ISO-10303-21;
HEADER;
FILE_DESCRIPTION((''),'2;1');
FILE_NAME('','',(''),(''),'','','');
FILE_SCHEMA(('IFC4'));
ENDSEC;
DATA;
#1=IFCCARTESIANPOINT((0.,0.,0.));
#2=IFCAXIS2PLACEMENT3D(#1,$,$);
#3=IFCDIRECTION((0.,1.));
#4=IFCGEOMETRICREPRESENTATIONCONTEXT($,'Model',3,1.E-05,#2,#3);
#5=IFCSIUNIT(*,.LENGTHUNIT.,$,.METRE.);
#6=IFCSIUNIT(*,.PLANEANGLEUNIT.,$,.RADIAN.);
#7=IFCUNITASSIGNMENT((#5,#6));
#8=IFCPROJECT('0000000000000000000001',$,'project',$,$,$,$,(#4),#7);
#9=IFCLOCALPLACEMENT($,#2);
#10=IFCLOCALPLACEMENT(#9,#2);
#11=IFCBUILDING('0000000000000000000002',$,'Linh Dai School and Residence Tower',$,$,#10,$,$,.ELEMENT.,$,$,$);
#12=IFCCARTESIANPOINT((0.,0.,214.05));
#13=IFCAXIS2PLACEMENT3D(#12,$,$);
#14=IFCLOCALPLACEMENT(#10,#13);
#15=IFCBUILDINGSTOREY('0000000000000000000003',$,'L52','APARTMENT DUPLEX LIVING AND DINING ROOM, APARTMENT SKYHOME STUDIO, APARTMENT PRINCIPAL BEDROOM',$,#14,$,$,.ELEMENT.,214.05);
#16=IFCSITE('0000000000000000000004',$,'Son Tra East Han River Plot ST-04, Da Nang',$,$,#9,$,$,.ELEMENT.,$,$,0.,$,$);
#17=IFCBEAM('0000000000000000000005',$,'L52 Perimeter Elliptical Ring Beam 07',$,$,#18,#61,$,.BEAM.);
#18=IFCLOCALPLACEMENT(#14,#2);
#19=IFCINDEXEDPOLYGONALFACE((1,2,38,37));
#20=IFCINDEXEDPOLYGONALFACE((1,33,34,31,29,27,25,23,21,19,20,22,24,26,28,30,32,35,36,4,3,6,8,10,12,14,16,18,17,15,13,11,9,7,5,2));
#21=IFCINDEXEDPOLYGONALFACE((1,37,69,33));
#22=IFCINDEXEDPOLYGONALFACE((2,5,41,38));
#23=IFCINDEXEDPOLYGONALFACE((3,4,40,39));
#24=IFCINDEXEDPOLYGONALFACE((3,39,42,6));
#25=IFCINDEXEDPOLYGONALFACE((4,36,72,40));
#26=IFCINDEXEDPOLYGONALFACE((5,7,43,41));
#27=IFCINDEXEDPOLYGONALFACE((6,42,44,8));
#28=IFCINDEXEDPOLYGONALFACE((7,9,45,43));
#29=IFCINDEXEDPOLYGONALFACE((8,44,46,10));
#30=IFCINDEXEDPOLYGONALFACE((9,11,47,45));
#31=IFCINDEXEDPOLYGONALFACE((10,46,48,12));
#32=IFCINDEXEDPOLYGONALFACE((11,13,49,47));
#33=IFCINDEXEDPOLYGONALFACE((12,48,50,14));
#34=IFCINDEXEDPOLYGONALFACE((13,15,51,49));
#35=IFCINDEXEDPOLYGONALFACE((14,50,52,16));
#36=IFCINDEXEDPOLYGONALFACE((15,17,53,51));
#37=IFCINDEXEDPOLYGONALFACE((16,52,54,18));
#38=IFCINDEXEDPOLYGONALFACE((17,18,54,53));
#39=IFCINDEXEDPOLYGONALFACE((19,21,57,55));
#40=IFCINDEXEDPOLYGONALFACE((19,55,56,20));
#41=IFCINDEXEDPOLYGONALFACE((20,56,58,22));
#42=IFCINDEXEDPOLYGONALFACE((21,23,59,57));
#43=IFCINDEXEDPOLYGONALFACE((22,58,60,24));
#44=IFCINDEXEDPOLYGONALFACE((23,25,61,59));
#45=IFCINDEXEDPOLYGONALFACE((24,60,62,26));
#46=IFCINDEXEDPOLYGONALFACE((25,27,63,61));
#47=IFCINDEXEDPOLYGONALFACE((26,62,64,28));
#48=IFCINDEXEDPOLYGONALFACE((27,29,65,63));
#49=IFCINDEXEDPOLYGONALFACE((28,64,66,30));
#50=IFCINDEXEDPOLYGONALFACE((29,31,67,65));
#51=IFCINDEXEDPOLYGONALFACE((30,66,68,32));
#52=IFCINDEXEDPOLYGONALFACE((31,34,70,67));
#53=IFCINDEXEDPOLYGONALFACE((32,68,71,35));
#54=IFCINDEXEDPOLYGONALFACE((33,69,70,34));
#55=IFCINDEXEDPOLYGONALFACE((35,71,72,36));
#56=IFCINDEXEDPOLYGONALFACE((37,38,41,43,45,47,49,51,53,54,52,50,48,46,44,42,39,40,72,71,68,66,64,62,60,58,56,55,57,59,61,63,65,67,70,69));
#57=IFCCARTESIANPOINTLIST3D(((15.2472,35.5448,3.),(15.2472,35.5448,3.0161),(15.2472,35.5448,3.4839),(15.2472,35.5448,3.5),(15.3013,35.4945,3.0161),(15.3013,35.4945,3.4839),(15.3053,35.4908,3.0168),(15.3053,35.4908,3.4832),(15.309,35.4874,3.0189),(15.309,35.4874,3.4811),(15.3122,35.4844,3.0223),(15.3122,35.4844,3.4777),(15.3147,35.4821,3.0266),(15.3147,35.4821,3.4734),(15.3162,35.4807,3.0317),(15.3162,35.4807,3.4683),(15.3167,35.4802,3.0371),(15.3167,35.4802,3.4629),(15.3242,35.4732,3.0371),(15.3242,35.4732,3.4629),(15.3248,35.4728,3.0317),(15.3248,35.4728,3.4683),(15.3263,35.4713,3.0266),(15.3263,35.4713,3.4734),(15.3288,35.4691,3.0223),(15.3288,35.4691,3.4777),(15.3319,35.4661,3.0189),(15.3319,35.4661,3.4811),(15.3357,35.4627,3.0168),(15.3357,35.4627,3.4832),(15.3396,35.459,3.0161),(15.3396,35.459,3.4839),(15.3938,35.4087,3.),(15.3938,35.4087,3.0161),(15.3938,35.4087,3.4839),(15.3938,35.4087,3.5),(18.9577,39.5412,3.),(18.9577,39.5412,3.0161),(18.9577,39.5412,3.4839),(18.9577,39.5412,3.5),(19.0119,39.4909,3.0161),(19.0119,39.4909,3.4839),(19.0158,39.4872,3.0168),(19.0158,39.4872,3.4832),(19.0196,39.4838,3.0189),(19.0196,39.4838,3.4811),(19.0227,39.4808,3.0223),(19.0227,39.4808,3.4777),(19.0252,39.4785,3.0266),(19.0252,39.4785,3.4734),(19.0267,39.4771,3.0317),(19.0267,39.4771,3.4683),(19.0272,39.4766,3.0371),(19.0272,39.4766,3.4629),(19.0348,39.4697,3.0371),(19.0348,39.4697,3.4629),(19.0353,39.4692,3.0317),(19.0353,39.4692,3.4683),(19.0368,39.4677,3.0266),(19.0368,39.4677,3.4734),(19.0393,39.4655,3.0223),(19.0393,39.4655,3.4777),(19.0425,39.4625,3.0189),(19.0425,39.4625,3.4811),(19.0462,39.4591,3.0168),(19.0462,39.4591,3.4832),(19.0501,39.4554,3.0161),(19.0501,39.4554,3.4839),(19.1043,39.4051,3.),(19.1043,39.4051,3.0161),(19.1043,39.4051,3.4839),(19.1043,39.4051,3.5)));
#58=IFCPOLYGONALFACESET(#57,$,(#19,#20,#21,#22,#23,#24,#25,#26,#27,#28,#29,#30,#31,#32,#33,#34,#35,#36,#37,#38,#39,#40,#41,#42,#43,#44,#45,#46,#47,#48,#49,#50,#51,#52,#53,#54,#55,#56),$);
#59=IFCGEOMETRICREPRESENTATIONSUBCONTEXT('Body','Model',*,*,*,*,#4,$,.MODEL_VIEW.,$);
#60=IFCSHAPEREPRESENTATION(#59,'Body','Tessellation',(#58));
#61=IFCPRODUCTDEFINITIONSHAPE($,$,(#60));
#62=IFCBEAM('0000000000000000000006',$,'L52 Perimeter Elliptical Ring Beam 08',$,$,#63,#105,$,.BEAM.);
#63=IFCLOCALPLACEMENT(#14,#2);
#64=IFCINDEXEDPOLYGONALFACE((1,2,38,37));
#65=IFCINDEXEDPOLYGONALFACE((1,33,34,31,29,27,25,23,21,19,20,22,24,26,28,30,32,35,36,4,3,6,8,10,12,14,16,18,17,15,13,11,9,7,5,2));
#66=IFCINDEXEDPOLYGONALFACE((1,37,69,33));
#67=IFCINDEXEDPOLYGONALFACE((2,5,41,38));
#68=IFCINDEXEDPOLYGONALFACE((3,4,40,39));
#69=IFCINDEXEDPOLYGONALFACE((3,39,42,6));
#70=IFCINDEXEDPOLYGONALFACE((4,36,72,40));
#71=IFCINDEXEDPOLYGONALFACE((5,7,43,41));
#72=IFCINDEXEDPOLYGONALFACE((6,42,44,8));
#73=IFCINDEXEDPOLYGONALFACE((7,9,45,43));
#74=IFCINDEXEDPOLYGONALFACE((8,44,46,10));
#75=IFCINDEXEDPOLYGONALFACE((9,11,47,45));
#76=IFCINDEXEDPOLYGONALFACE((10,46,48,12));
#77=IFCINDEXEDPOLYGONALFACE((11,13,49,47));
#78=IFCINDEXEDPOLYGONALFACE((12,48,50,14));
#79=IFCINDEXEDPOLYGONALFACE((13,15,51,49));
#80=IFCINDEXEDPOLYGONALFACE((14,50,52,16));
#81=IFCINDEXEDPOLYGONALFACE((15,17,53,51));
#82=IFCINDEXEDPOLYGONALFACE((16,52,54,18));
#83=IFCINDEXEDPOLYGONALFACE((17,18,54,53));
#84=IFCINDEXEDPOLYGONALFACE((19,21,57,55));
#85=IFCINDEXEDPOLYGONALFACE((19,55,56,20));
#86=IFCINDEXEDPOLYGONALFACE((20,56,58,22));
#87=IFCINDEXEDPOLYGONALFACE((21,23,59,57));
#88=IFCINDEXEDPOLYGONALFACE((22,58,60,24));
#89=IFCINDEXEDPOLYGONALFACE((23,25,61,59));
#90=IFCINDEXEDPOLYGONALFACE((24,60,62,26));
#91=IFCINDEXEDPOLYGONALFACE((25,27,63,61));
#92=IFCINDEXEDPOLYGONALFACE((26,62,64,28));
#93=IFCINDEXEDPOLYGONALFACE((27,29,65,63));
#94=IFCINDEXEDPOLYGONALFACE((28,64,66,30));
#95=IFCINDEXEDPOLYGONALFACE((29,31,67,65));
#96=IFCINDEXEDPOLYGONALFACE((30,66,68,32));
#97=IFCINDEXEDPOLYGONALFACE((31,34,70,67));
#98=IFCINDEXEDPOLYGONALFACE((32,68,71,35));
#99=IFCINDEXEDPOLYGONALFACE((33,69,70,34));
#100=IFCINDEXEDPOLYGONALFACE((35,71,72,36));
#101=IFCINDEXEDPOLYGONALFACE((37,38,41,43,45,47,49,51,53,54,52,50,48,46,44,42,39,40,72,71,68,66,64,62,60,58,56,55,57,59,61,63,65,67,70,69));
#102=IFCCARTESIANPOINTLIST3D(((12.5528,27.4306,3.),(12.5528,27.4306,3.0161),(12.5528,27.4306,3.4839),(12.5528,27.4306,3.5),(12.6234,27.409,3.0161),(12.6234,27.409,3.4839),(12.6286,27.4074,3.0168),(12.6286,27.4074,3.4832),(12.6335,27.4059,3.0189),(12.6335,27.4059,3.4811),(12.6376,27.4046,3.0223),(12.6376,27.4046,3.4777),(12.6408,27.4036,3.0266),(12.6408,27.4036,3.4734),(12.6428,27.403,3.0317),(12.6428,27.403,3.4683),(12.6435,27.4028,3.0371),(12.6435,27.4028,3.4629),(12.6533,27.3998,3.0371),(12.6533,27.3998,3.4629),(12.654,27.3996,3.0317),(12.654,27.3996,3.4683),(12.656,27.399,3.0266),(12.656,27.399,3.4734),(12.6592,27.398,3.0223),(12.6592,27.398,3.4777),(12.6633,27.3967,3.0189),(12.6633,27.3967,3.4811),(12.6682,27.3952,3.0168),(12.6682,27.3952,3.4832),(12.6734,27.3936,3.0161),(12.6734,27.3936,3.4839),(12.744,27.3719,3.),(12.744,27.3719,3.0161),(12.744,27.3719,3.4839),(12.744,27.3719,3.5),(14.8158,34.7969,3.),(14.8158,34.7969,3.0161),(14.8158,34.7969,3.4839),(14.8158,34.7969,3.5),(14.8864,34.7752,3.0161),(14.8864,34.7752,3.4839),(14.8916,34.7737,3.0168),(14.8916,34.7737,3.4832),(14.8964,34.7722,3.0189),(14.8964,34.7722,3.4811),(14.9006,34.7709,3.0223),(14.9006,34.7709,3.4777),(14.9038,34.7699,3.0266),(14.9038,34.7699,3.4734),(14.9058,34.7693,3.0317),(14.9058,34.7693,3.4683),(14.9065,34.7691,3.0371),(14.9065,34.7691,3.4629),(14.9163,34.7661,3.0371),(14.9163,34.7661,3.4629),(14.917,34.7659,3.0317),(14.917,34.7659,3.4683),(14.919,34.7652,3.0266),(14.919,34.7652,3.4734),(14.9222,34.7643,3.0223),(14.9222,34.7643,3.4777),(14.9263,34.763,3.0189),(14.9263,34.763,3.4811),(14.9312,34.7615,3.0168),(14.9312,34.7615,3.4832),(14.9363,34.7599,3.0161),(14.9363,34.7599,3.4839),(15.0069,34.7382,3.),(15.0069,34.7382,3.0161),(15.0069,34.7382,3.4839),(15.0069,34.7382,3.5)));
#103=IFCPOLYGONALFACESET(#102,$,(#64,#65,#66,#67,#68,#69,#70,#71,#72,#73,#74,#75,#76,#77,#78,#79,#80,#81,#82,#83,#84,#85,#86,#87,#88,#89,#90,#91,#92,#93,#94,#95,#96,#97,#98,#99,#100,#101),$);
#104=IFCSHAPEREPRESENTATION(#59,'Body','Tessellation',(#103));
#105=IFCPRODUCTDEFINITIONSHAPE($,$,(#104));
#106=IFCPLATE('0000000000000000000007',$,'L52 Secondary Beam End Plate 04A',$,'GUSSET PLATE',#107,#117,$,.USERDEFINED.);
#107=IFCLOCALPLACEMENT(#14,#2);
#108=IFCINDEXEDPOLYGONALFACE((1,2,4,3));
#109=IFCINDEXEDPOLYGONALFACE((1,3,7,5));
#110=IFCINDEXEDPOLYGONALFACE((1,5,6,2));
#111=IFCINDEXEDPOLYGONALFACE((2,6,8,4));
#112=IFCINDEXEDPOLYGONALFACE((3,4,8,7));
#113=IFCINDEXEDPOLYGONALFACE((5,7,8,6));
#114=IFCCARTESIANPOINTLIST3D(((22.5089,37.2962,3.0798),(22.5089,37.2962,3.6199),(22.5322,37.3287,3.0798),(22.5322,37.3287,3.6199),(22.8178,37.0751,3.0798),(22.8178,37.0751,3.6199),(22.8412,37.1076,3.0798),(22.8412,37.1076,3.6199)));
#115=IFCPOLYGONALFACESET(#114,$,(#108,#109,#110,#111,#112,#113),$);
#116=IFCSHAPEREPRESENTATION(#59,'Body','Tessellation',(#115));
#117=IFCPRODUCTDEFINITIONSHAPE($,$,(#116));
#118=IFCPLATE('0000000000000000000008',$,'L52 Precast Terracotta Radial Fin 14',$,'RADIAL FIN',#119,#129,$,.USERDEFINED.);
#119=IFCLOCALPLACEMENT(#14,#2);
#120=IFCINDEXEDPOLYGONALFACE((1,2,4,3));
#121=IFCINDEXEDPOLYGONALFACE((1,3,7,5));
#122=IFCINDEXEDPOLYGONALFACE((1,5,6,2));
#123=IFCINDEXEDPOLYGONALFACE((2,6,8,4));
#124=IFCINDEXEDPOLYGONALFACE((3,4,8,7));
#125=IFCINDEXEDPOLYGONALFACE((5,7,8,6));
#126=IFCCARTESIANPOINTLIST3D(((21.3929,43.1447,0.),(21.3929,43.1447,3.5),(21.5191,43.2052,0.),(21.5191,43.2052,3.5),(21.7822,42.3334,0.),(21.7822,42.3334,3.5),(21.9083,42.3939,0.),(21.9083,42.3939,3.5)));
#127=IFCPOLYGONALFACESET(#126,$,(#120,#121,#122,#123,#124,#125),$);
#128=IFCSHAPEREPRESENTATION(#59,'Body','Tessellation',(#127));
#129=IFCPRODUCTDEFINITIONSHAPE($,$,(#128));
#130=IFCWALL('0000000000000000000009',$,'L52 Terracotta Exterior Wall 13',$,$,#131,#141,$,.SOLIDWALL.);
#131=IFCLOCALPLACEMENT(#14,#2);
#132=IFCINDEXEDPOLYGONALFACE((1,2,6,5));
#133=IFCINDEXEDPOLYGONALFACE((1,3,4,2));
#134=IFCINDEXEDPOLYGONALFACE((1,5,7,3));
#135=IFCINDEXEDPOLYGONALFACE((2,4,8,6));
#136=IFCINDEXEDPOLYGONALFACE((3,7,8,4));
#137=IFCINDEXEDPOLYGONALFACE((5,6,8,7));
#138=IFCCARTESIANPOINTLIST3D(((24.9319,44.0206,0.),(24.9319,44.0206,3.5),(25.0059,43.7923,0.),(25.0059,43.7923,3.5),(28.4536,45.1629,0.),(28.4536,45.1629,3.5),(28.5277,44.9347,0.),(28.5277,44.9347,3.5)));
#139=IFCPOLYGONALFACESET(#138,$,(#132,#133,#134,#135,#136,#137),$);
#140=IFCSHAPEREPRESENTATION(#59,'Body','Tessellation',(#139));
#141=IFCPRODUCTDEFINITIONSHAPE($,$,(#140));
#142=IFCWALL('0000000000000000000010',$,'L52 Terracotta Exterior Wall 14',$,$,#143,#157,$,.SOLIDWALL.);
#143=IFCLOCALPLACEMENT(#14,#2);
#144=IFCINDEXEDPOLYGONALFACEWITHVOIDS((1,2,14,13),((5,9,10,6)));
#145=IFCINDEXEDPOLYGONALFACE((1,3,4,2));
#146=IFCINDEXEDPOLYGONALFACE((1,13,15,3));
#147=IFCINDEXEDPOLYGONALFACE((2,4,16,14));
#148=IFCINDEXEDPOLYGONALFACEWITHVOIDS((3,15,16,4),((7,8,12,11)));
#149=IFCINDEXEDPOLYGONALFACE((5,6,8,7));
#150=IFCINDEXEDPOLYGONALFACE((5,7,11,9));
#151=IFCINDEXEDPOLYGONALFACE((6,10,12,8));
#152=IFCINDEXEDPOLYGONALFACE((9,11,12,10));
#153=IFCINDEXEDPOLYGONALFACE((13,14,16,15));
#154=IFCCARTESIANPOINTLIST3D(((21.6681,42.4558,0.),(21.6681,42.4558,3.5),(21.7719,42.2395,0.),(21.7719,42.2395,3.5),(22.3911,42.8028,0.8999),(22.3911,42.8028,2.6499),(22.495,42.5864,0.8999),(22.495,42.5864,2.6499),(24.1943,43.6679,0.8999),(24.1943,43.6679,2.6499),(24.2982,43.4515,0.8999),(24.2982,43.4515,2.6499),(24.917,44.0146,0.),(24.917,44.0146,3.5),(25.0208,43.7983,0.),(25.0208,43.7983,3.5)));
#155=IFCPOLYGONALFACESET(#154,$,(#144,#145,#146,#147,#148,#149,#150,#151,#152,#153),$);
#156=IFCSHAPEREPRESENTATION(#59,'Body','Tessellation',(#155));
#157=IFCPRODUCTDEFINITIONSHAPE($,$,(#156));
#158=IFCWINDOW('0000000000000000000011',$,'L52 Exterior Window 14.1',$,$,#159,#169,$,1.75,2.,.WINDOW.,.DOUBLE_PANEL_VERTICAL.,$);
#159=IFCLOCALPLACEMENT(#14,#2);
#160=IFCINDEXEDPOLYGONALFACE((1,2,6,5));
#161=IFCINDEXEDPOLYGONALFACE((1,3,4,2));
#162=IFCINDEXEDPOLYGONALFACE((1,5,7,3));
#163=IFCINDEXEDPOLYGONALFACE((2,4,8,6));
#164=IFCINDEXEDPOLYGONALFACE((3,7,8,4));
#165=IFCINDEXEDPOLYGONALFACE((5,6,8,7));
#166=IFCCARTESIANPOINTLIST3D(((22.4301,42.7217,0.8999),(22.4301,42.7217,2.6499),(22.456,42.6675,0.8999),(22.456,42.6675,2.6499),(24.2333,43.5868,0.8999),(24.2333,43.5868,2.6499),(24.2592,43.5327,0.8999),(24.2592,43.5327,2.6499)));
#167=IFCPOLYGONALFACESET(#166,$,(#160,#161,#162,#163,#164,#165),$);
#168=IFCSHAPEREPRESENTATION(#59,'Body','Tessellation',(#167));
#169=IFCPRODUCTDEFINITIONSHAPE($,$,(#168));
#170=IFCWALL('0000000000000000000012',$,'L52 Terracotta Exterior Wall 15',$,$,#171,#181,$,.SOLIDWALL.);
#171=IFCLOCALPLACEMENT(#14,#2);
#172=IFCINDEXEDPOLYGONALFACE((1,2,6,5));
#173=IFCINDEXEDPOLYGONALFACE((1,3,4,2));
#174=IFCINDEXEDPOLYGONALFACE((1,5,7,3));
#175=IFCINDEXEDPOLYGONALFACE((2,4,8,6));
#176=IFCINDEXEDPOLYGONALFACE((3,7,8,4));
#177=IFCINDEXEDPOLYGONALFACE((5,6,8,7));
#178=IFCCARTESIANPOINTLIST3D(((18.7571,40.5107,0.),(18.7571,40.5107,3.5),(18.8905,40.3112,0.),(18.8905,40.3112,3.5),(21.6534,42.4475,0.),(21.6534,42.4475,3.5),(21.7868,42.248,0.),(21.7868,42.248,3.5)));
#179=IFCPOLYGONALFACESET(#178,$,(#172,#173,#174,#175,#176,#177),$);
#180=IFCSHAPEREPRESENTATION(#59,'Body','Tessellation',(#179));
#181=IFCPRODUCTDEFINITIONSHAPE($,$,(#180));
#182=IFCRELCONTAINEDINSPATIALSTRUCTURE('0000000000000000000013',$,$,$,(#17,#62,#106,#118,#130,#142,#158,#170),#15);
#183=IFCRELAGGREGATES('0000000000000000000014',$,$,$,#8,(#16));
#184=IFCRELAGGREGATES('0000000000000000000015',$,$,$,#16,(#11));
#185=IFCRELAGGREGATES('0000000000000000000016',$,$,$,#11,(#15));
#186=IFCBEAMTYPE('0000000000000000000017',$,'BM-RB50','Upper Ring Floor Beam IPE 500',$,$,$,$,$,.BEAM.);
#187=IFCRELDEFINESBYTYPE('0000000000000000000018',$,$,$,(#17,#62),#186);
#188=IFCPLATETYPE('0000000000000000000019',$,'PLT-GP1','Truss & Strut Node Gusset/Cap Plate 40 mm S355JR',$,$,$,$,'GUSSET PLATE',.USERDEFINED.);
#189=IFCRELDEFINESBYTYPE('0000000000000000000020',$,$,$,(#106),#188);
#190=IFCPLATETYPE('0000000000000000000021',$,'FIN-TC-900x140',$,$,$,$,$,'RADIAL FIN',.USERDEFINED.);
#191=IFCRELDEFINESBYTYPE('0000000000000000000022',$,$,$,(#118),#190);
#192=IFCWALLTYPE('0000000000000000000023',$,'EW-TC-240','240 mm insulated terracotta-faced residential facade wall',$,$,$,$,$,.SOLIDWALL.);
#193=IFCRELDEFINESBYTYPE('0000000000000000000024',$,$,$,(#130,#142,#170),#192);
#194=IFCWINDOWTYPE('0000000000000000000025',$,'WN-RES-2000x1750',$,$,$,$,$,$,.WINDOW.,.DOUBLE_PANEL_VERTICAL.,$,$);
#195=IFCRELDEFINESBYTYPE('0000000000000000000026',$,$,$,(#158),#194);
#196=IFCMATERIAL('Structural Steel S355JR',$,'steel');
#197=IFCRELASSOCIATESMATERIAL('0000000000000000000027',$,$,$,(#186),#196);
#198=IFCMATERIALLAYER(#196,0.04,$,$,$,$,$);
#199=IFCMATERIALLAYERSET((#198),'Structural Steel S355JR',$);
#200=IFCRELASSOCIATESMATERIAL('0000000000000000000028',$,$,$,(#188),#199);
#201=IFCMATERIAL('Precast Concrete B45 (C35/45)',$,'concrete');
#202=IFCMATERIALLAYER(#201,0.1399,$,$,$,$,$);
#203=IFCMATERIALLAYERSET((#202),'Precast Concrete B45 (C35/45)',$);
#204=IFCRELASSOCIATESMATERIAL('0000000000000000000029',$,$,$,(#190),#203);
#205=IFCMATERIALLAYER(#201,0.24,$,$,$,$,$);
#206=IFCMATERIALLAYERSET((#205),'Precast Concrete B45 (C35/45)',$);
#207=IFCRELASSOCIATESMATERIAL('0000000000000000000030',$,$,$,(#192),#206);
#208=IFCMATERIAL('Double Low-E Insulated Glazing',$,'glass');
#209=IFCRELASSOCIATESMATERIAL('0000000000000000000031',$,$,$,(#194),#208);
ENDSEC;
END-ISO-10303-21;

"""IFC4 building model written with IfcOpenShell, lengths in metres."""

from ifc_helpers import new_model, si_unit, direction, frame, frame_2d, origin, origin_2d, place, context, subcontext, project, spatial, rectangle, i_section, extrude, source, transform, mapped, material, layer, layer_set, material_profile, profile_set, type_object, element, fill, save


model = new_model("IFC4")

# Units and contexts
model_context = context("Model", 3, precision=1e-05, world=origin(), true_north=direction((0.0, 1.0)))
body_context = subcontext(model_context, "Body", "Model", "MODEL_VIEW")
ifc_project = project(units=[si_unit("LENGTHUNIT", "METRE"), si_unit("PLANEANGLEUNIT", "RADIAN")], contexts=[model_context])

# Site, building, storey
site_placement = place(None, origin())
site = spatial("IfcSite", under=ifc_project, at=site_placement, Name="Son Tra East Han River Plot ST-04, Da Nang", CompositionType="ELEMENT", RefElevation=0.0)
building_placement = place(site_placement, origin())
building = spatial("IfcBuilding", under=site, at=building_placement, Name="Linh Dai School and Residence Tower", CompositionType="ELEMENT")
storey_placement = place(building_placement, frame((0.0, 0.0, 214.05)))
storey = spatial("IfcBuildingStorey", under=building, at=storey_placement, Name="L52", Description="APARTMENT DUPLEX LIVING AND DINING ROOM, APARTMENT SKYHOME STUDIO, APARTMENT PRINCIPAL BEDROOM", CompositionType="ELEMENT", Elevation=214.05)

# Shared definitions
ifc_material_1 = material(Name="Structural Steel S355JR", Category="steel")

# Beams
ifc_material_profile_1 = material_profile(ifc_material_1, i_section(OverallWidth=0.2, OverallDepth=0.5, WebThickness=0.0103, FlangeThickness=0.0161, FilletRadius=0.021, at=origin_2d()), Name="IPE 500")
ifc_profile_set_1 = profile_set([ifc_material_profile_1], Name="Structural Steel S355JR")
beam_type_1 = type_object("IfcBeamType", Name="BM-RB50", Description="Upper Ring Floor Beam IPE 500", PredefinedType="BEAM", material=ifc_profile_set_1)
beam_1_placement = place(storey_placement, frame((19.031, 39.4731, 3.25), z_axis=(-0.680408, -0.732833, 0.0), x_axis=(0.732833, -0.680408, 0.0)))
element("IfcBeam", 1, at=beam_1_placement, inside=storey, type_object=beam_type_1, Name="L52 Perimeter Elliptical Ring Beam 07", PredefinedType="BEAM", context=body_context, shape_type="SweptSolid", body=[
    extrude(i_section(OverallWidth=0.2, OverallDepth=0.5, WebThickness=0.0103, FlangeThickness=0.0161, FilletRadius=0.021, at=origin_2d()), origin(), (0.0, 0.0, 1.0), 5.4534),
])
beam_2_placement = place(storey_placement, frame((14.9114, 34.7676, 3.25), z_axis=(-0.293661, -0.95591, 0.0), x_axis=(0.95591, -0.293661, 0.0)))
element("IfcBeam", 2, at=beam_2_placement, inside=storey, type_object=beam_type_1, Name="L52 Perimeter Elliptical Ring Beam 08", PredefinedType="BEAM", context=body_context, shape_type="SweptSolid", body=[
    extrude(i_section(OverallWidth=0.2, OverallDepth=0.5, WebThickness=0.0103, FlangeThickness=0.0161, FilletRadius=0.021, at=origin_2d()), origin(), (0.0, 0.0, 1.0), 7.7061),
])

# Plates
ifc_layer_1 = layer(ifc_material_1, 0.04)
ifc_layer_set_1 = layer_set([ifc_layer_1], Name="Structural Steel S355JR")
plate_type_1 = type_object("IfcPlateType", Name="PLT-GP1", Description="Truss & Strut Node Gusset/Cap Plate 40 mm S355JR", ElementType="GUSSET PLATE", PredefinedType="USERDEFINED", material=ifc_layer_set_1)
shared_shape_1 = source(origin(), body_context, "Body", "SweptSolid", [
    extrude(rectangle(XDim=0.04, YDim=0.3799, at=origin_2d()), origin(), (0.0, 0.0, 1.0), 0.54),
])
plate_1_placement = place(storey_placement, frame((22.675, 37.2019, 3.0798), z_axis=(0.0, 0.0, 1.0), x_axis=(-0.58204, -0.81316, 0.0)))
element("IfcPlate", 3, at=plate_1_placement, inside=storey, type_object=plate_type_1, Name="L52 Secondary Beam End Plate 04A", ObjectType="GUSSET PLATE", PredefinedType="USERDEFINED", context=body_context, shape_type="MappedRepresentation", body=[
    mapped(shared_shape_1, transform((0.0, 0.0, 0.0), x_axis=(1.0, 0.0, 0.0), y_axis=(0.0, 1.0, 0.0), z_axis=(0.0, 0.0, 1.0), scale=1.0)),
])
ifc_material_2 = material(Name="Precast Concrete B45 (C35/45)", Category="concrete")
ifc_layer_2 = layer(ifc_material_2, 0.1399)
ifc_layer_set_2 = layer_set([ifc_layer_2], Name="Precast Concrete B45 (C35/45)")
plate_type_2 = type_object("IfcPlateType", Name="FIN-TC-900x140", ElementType="RADIAL FIN", PredefinedType="USERDEFINED", material=ifc_layer_set_2)
shared_shape_2 = source(origin(), body_context, "Body", "SweptSolid", [
    extrude(rectangle(XDim=0.8999, YDim=0.1399, at=origin_2d()), origin(), (0.0, 0.0, 1.0), 3.5),
])
plate_2_placement = place(storey_placement, frame((21.6506, 42.7693, 0.0), z_axis=(0.0, 0.0, 1.0), x_axis=(-0.432594, 0.901589, 0.0)))
element("IfcPlate", 4, at=plate_2_placement, inside=storey, type_object=plate_type_2, Name="L52 Precast Terracotta Radial Fin 14", ObjectType="RADIAL FIN", PredefinedType="USERDEFINED", context=body_context, shape_type="MappedRepresentation", body=[
    mapped(shared_shape_2, transform((0.0, 0.0, 0.0), x_axis=(1.0, 0.0, 0.0), y_axis=(0.0, 1.0, 0.0), z_axis=(0.0, 0.0, 1.0), scale=1.0)),
])

# Wall
ifc_layer_3 = layer(ifc_material_2, 0.24)
ifc_layer_set_3 = layer_set([ifc_layer_3], Name="Precast Concrete B45 (C35/45)")
wall_type_1 = type_object("IfcWallType", Name="EW-TC-240", Description="240 mm insulated terracotta-faced residential facade wall", PredefinedType="SOLIDWALL", material=ifc_layer_set_3)
wall_1_placement = place(storey_placement, frame((24.969, 43.9065, 0.0), z_axis=(0.0, 0.0, 1.0), x_axis=(0.951211, 0.308542, 0.0)))
element("IfcWall", 5, at=wall_1_placement, inside=storey, type_object=wall_type_1, Name="L52 Terracotta Exterior Wall 13", PredefinedType="SOLIDWALL", context=body_context, shape_type="SweptSolid", body=[
    extrude(rectangle(XDim=3.7024, YDim=0.24, at=frame_2d((1.8511, 0.0))), origin(), (0.0, 0.0, 1.0), 3.5),
])

# Wall, opening, window
wall_2_placement = place(storey_placement, frame((21.72, 42.3477, 0.0), z_axis=(0.0, 0.0, 1.0), x_axis=(0.901598, 0.432575, 0.0)))
wall_2 = element("IfcWall", 6, at=wall_2_placement, inside=storey, type_object=wall_type_1, Name="L52 Terracotta Exterior Wall 14", PredefinedType="SOLIDWALL", context=body_context, shape_type="SweptSolid", body=[
    extrude(rectangle(XDim=3.6035, YDim=0.24, at=frame_2d((1.8018, 0.0))), origin(), (0.0, 0.0, 1.0), 3.5),
])
opening_1_placement = place(wall_2_placement, frame((0.802, 0.0, 0.8999)))
opening_1 = element("IfcOpeningElement", 7, at=opening_1_placement, cuts=wall_2, PredefinedType="OPENING", context=body_context, shape_type="SweptSolid", body=[
    extrude(rectangle(XDim=2.0, YDim=1.75, at=origin_2d()), frame((1.0, 0.1299, 0.875), z_axis=(0.0, -1.0, 0.0), x_axis=(1.0, 0.0, 0.0)), (0.0, 0.0, 1.0), 0.26),
])
ifc_material_3 = material(Name="Double Low-E Insulated Glazing", Category="glass")
window_type_1 = type_object("IfcWindowType", Name="WN-RES-2000x1750", PartitioningType="DOUBLE_PANEL_VERTICAL", PredefinedType="WINDOW", material=ifc_material_3)
shared_shape_3 = source(origin(), body_context, "Body", "SweptSolid", [
    extrude(rectangle(XDim=2.0, YDim=1.75, at=origin_2d()), frame((1.0, 0.03, 0.875), z_axis=(0.0, -1.0, 0.0), x_axis=(1.0, 0.0, 0.0)), (0.0, 0.0, 1.0), 0.0601),
])
window_1_placement = place(opening_1_placement, origin())
window_1 = element("IfcWindow", 8, at=window_1_placement, inside=storey, type_object=window_type_1, Name="L52 Exterior Window 14.1", OverallHeight=1.75, OverallWidth=2.0, PartitioningType="DOUBLE_PANEL_VERTICAL", PredefinedType="WINDOW", context=body_context, shape_type="MappedRepresentation", body=[
    mapped(shared_shape_3, transform((0.0, 0.0, 0.0), x_axis=(1.0, 0.0, 0.0), y_axis=(0.0, 1.0, 0.0), z_axis=(0.0, 0.0, 1.0), scale=1.0)),
])
fill(opening_1, window_1)

# Wall
wall_3_placement = place(storey_placement, frame((18.8237, 40.4109, 0.0), z_axis=(0.0, 0.0, 1.0), x_axis=(0.831262, 0.55588, 0.0)))
element("IfcWall", 9, at=wall_3_placement, inside=storey, type_object=wall_type_1, Name="L52 Terracotta Exterior Wall 15", PredefinedType="SOLIDWALL", context=body_context, shape_type="SweptSolid", body=[
    extrude(rectangle(XDim=3.4841, YDim=0.24, at=frame_2d((1.7422, 0.0))), origin(), (0.0, 0.0, 1.0), 3.5),
])

save(model, "model.ifc")
